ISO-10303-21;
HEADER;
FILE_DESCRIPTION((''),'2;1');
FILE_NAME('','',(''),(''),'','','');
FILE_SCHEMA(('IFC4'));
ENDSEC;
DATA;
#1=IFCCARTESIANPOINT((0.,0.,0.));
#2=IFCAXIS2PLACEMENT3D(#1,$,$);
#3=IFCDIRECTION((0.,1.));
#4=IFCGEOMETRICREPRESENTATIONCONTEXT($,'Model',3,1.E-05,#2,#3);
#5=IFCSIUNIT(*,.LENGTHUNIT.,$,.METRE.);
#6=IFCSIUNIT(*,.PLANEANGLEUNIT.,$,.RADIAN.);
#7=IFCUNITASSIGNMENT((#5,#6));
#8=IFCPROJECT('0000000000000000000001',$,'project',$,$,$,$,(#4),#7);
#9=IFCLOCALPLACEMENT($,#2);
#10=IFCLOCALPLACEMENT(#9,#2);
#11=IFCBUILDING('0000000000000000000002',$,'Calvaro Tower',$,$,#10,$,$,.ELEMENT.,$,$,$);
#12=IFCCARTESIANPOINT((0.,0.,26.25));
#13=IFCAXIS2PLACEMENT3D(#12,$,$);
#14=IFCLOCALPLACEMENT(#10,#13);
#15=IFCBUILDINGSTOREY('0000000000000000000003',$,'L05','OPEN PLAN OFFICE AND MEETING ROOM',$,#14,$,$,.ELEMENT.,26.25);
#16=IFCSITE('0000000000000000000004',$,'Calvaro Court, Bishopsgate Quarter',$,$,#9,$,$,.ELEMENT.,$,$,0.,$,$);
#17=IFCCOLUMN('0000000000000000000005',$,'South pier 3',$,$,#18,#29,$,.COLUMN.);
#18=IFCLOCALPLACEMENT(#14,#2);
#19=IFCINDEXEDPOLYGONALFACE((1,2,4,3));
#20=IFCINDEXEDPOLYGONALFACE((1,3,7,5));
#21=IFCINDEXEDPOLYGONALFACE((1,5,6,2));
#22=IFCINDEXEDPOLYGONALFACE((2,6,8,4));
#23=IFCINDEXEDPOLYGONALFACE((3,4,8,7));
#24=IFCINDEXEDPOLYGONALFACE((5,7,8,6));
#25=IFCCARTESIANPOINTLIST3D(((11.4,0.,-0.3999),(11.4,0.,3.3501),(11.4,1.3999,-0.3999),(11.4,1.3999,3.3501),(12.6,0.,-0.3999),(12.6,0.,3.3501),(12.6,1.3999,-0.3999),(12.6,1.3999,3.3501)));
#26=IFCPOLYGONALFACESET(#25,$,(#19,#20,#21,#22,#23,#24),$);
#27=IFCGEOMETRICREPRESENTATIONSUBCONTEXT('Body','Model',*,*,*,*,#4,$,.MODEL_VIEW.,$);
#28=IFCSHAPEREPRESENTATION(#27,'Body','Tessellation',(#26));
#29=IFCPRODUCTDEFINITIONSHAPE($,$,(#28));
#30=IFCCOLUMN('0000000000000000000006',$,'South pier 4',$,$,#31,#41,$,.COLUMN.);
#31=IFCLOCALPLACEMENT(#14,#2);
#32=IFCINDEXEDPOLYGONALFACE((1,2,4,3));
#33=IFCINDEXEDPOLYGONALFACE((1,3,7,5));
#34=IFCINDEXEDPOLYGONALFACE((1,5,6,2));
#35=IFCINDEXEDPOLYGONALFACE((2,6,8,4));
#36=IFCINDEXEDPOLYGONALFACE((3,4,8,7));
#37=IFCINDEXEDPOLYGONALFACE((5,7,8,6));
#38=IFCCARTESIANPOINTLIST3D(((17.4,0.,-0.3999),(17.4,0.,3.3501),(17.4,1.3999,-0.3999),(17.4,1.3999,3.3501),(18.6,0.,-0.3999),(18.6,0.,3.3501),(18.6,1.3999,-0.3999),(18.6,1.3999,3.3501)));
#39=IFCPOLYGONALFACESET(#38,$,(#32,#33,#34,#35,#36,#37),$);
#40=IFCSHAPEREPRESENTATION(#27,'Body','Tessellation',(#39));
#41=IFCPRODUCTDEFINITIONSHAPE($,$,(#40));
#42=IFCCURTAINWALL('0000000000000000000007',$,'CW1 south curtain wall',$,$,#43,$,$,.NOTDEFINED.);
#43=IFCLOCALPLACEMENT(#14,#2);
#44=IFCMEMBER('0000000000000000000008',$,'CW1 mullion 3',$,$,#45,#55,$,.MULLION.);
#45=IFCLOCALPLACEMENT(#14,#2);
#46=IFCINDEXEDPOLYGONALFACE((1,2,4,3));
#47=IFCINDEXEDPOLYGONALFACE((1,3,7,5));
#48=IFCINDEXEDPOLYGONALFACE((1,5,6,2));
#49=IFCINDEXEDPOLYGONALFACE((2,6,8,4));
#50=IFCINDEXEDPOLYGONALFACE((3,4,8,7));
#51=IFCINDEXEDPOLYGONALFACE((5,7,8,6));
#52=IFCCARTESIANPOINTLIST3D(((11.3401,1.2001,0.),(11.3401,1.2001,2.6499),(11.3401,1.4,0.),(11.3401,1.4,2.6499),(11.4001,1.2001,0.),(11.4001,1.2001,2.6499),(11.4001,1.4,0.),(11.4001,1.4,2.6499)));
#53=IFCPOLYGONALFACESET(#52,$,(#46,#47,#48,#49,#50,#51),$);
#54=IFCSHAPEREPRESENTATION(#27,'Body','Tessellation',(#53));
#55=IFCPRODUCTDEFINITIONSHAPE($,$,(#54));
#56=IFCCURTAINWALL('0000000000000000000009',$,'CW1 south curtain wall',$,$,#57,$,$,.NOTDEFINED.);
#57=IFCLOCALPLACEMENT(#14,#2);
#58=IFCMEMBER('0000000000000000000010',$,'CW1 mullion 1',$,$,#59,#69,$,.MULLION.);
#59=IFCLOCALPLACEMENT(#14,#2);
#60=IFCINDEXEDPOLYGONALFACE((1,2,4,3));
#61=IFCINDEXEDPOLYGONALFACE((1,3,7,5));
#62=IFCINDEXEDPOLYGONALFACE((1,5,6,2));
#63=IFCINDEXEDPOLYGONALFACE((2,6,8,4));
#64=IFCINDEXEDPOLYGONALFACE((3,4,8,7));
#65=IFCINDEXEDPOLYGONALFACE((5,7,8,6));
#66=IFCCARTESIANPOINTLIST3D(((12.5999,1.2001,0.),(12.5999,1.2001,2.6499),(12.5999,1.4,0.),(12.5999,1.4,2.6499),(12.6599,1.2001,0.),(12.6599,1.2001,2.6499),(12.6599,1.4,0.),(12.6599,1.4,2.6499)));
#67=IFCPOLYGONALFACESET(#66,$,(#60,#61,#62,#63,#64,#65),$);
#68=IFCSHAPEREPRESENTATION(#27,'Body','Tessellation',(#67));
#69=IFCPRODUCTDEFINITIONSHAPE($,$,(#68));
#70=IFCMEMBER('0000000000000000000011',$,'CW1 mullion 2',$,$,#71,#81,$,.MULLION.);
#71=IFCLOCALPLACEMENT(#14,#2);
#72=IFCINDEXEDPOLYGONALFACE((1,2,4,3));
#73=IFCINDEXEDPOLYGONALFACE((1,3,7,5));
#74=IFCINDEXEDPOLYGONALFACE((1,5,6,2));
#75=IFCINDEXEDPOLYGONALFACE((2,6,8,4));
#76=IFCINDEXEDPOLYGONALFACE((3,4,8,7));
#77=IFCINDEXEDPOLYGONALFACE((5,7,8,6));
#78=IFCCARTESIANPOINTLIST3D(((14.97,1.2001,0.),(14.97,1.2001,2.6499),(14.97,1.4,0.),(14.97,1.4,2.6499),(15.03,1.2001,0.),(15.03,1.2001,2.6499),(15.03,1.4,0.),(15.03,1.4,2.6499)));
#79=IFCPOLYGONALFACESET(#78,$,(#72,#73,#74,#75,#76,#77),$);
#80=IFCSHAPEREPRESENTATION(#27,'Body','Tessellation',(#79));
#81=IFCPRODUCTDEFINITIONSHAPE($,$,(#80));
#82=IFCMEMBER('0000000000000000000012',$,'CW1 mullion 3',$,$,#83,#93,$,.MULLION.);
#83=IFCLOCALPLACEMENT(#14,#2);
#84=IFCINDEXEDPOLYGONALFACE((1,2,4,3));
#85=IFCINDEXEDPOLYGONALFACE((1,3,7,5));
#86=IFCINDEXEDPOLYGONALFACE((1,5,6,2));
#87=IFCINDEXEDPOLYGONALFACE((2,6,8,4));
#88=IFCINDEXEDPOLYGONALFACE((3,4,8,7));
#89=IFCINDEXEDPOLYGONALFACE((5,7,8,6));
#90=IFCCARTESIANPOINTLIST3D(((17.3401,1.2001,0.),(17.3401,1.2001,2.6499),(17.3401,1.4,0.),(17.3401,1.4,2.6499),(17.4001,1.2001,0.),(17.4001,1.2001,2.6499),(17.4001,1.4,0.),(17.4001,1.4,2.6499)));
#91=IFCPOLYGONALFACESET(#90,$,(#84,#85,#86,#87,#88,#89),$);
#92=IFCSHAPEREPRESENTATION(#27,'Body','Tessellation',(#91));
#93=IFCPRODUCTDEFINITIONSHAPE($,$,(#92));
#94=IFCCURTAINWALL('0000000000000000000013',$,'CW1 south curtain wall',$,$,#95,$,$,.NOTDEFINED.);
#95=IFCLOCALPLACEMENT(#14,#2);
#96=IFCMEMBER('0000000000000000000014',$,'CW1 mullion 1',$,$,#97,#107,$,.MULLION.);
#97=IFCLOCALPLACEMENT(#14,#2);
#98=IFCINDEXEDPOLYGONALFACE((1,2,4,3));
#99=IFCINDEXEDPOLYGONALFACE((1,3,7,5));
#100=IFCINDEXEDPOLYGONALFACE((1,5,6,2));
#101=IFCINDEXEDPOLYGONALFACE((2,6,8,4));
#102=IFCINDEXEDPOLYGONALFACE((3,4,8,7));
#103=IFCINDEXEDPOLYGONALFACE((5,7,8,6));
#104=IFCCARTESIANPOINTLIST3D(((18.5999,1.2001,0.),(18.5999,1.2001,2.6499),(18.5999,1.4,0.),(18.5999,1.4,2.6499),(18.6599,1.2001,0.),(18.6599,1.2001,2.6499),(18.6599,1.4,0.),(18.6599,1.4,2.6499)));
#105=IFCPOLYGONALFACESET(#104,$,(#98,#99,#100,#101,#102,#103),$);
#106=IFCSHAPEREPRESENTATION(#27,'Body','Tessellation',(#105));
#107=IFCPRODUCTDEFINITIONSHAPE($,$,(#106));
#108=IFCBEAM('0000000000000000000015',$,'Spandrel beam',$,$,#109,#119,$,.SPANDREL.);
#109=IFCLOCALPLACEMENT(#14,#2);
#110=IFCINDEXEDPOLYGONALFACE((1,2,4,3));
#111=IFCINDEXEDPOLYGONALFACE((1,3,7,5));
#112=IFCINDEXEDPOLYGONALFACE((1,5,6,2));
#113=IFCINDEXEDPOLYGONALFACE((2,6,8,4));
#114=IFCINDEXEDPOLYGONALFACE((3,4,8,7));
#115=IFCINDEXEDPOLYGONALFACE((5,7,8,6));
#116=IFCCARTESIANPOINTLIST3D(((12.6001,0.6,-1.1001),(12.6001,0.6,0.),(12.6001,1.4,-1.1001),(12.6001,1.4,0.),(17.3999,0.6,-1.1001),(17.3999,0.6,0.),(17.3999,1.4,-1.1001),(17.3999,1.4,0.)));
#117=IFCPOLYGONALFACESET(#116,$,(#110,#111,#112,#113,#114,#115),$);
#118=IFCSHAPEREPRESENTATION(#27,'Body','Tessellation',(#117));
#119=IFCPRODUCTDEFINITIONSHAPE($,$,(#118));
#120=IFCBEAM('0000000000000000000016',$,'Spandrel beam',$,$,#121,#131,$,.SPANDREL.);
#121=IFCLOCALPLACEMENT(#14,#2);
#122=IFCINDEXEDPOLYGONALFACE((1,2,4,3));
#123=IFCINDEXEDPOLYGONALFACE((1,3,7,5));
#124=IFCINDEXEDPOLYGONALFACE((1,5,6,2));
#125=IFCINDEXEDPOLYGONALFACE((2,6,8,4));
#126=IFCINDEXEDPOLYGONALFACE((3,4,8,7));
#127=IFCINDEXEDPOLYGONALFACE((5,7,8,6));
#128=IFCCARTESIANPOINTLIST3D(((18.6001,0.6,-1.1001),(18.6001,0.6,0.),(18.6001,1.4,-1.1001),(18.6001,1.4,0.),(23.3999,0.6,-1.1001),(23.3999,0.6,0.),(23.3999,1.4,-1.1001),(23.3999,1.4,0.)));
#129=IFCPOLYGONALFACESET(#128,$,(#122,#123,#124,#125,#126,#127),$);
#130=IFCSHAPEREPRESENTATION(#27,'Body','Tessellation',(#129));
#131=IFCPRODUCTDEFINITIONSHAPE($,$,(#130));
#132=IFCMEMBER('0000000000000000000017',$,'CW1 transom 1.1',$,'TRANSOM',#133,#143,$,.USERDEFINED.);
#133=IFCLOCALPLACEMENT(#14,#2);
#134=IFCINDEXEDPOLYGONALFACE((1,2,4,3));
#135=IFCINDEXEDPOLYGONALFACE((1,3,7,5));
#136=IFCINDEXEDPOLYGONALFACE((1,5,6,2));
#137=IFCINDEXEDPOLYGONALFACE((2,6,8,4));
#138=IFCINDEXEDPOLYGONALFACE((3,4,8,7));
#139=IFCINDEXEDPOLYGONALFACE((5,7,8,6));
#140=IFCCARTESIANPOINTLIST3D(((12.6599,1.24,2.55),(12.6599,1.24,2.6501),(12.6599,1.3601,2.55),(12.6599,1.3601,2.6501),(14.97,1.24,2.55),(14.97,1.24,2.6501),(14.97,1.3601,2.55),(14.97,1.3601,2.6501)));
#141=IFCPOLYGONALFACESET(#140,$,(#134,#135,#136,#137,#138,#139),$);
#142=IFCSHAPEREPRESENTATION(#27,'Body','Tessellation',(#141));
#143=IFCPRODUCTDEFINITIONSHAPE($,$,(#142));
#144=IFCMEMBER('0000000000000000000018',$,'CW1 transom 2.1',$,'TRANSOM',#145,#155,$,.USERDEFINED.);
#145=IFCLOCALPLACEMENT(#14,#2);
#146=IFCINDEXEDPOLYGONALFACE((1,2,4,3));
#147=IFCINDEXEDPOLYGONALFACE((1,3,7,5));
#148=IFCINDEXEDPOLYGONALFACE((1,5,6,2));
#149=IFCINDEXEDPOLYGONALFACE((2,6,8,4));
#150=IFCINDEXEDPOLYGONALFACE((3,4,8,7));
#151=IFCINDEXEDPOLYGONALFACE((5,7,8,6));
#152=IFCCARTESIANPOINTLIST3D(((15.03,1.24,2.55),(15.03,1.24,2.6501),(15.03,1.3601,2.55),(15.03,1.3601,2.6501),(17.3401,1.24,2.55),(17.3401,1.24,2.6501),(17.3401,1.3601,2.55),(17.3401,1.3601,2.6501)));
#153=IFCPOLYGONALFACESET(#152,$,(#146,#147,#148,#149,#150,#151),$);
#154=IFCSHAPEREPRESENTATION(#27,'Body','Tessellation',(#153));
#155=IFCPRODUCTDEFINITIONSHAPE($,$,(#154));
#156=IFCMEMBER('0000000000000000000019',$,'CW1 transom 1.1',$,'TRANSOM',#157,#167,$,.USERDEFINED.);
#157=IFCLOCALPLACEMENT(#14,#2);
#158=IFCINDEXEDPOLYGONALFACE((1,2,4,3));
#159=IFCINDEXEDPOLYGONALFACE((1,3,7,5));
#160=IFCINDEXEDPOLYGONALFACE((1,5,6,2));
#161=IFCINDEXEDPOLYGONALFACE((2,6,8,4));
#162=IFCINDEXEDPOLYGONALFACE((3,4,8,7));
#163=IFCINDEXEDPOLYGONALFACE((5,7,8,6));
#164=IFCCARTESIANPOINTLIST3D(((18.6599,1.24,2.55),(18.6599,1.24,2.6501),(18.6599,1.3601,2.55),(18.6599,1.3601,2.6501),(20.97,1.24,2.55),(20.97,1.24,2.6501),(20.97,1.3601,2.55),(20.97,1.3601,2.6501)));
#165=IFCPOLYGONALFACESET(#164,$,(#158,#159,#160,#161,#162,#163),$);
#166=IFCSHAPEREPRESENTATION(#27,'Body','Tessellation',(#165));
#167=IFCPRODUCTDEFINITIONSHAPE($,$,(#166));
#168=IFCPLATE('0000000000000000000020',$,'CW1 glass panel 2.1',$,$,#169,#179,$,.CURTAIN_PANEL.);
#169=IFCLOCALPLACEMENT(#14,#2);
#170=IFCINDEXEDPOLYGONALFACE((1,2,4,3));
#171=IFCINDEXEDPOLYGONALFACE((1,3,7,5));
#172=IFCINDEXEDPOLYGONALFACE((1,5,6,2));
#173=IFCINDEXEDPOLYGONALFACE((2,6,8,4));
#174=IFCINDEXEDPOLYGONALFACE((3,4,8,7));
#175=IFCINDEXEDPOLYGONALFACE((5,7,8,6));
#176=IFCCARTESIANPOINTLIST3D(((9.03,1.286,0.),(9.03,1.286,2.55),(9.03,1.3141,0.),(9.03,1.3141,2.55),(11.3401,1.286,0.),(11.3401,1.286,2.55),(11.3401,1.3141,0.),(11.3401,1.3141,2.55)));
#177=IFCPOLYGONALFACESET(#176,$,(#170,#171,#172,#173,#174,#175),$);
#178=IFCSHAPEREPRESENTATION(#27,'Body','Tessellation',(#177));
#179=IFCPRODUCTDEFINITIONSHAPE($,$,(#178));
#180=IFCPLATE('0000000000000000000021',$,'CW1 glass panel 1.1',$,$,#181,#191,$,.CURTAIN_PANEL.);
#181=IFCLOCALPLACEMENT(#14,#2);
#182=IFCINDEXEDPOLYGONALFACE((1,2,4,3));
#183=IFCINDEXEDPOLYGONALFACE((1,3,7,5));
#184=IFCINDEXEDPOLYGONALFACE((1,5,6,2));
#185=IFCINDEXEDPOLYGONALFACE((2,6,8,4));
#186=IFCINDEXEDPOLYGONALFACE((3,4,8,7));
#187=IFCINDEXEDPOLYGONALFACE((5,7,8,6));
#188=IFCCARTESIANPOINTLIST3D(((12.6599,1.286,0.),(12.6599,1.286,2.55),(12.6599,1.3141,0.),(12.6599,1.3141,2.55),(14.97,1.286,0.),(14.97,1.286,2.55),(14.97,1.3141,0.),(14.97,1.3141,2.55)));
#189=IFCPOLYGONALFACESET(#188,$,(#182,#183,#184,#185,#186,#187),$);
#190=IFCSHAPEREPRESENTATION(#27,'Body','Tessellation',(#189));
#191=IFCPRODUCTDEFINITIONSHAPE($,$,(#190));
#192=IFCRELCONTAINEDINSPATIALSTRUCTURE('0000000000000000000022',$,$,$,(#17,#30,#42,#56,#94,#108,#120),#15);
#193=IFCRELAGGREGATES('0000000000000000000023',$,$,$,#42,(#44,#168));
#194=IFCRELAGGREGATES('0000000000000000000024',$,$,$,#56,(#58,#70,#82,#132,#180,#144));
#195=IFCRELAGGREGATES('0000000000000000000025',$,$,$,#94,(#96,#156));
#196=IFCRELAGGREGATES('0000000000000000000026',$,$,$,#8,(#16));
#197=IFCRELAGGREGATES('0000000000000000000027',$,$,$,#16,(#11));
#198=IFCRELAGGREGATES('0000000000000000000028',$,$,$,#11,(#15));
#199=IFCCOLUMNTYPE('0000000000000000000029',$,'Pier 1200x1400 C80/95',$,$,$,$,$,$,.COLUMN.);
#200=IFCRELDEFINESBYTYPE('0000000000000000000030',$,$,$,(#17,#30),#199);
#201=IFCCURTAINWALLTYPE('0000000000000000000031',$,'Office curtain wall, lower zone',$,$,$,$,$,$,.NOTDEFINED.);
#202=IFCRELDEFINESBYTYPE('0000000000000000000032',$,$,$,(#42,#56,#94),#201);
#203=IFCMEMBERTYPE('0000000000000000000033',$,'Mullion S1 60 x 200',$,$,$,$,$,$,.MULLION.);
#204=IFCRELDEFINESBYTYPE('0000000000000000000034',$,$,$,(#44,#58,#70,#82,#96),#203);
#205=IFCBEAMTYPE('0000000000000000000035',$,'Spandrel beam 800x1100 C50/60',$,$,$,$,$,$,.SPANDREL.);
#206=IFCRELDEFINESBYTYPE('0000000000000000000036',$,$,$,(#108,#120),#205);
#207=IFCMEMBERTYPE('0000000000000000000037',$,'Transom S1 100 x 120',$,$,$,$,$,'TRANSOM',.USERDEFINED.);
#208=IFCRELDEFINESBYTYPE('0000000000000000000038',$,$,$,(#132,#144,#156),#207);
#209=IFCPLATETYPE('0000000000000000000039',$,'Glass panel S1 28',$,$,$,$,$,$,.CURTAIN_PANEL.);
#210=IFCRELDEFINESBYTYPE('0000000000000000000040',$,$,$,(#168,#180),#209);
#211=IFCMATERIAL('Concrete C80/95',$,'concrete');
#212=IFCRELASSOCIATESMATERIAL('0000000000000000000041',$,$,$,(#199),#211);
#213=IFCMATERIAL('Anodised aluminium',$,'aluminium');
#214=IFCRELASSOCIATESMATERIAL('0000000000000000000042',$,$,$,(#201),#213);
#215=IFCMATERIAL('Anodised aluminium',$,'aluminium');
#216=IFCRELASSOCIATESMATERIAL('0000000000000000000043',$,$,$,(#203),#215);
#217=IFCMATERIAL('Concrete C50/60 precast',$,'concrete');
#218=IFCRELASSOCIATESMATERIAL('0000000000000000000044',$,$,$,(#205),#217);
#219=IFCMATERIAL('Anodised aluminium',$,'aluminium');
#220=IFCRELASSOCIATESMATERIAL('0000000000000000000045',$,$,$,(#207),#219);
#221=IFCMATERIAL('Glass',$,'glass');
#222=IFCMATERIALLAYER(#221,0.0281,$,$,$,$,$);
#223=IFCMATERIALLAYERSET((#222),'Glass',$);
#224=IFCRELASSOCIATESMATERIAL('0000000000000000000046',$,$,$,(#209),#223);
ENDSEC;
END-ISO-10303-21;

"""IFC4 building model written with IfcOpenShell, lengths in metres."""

from ifc_helpers import new_model, si_unit, direction, frame, origin, origin_2d, place, context, subcontext, project, spatial, rectangle, extrude, material, layer, layer_set, material_profile, profile_set, type_object, element, aggregate, save


model = new_model("IFC4")

# Units and contexts
model_context = context("Model", 3, precision=1e-05, world=origin(), true_north=direction((0.0, 1.0)))
body_context = subcontext(model_context, "Body", "Model", "MODEL_VIEW")
ifc_project = project(units=[si_unit("LENGTHUNIT", "METRE"), si_unit("PLANEANGLEUNIT", "RADIAN")], contexts=[model_context])

# Site, building, storey
site_placement = place(None, origin())
site = spatial("IfcSite", under=ifc_project, at=site_placement, Name="Calvaro Court, Bishopsgate Quarter", CompositionType="ELEMENT", RefElevation=0.0)
building_placement = place(site_placement, origin())
building = spatial("IfcBuilding", under=site, at=building_placement, Name="Calvaro Tower", CompositionType="ELEMENT")
storey_placement = place(building_placement, frame((0.0, 0.0, 26.25)))
storey = spatial("IfcBuildingStorey", under=building, at=storey_placement, Name="L05", Description="OPEN PLAN OFFICE AND MEETING ROOM", CompositionType="ELEMENT", Elevation=26.25)

# Columns
ifc_material_1 = material(Name="Concrete C80/95", Category="concrete")
ifc_material_profile_1 = material_profile(ifc_material_1, rectangle(XDim=1.2, YDim=1.3999, at=origin_2d()), Name="RC 1200x1400")
ifc_profile_set_1 = profile_set([ifc_material_profile_1], Name="Concrete C80/95")
column_type = type_object("IfcColumnType", Name="Pier 1200x1400 C80/95", PredefinedType="COLUMN", material=ifc_profile_set_1)
for number, where, z_axis, x_axis, name in (
    (1, (12.0, 0.7, -0.3999), (0.0, 0.0, 1.0), (1.0, 0.0, 0.0), "South pier 3"),
    (2, (18.0, 0.7, -0.3999), (0.0, 0.0, 1.0), (1.0, 0.0, 0.0), "South pier 4"),
):
    element("IfcColumn", number, at=place(storey_placement, frame(where, z_axis=z_axis, x_axis=x_axis)), inside=storey, type_object=column_type, Name=name, PredefinedType="COLUMN", context=body_context, shape_type="SweptSolid", body=[
        extrude(rectangle(XDim=1.2, YDim=1.3999, at=origin_2d()), origin(), (0.0, 0.0, 1.0), 3.75),
    ])

# Curtain wall, member
ifc_material_2 = material(Name="Anodised aluminium", Category="aluminium")
curtain_wall_type = type_object("IfcCurtainWallType", Name="Office curtain wall, lower zone", PredefinedType="NOTDEFINED", material=ifc_material_2)
curtain_wall_1_placement = place(storey_placement, origin())
curtain_wall_1 = element("IfcCurtainWall", 3, at=curtain_wall_1_placement, inside=storey, type_object=curtain_wall_type, Name="CW1 south curtain wall", PredefinedType="NOTDEFINED")
ifc_material_3 = material(Name="Anodised aluminium", Category="aluminium")
ifc_material_profile_2 = material_profile(ifc_material_3, rectangle(XDim=0.2, YDim=0.0601, at=origin_2d()), Name="Mullion S1 60 x 200")
ifc_profile_set_2 = profile_set([ifc_material_profile_2], Name="Anodised aluminium")
member_type_1 = type_object("IfcMemberType", Name="Mullion S1 60 x 200", PredefinedType="MULLION", material=ifc_profile_set_2)
member_1_placement = place(storey_placement, frame((11.3701, 1.3, 0.0), z_axis=(0.0, 0.0, 1.0), x_axis=(0.0, 1.0, 0.0)))
member_1 = element("IfcMember", 4, at=member_1_placement, type_object=member_type_1, Name="CW1 mullion 3", PredefinedType="MULLION", context=body_context, shape_type="SweptSolid", body=[
    extrude(rectangle(XDim=0.2, YDim=0.0601, at=origin_2d()), origin(), (0.0, 0.0, 1.0), 2.6499),
])

# Curtain wall, members
curtain_wall_2_placement = place(storey_placement, origin())
curtain_wall_2 = element("IfcCurtainWall", 5, at=curtain_wall_2_placement, inside=storey, type_object=curtain_wall_type, Name="CW1 south curtain wall", PredefinedType="NOTDEFINED")
member_2_placement = place(storey_placement, frame((12.6299, 1.3, 0.0), z_axis=(0.0, 0.0, 1.0), x_axis=(0.0, 1.0, 0.0)))
member_2 = element("IfcMember", 6, at=member_2_placement, type_object=member_type_1, Name="CW1 mullion 1", PredefinedType="MULLION", context=body_context, shape_type="SweptSolid", body=[
    extrude(rectangle(XDim=0.2, YDim=0.0601, at=origin_2d()), origin(), (0.0, 0.0, 1.0), 2.6499),
])
member_3_placement = place(storey_placement, frame((15.0, 1.3, 0.0), z_axis=(0.0, 0.0, 1.0), x_axis=(0.0, 1.0, 0.0)))
member_3 = element("IfcMember", 7, at=member_3_placement, type_object=member_type_1, Name="CW1 mullion 2", PredefinedType="MULLION", context=body_context, shape_type="SweptSolid", body=[
    extrude(rectangle(XDim=0.2, YDim=0.0601, at=origin_2d()), origin(), (0.0, 0.0, 1.0), 2.6499),
])
member_4_placement = place(storey_placement, frame((17.3701, 1.3, 0.0), z_axis=(0.0, 0.0, 1.0), x_axis=(0.0, 1.0, 0.0)))
member_4 = element("IfcMember", 8, at=member_4_placement, type_object=member_type_1, Name="CW1 mullion 3", PredefinedType="MULLION", context=body_context, shape_type="SweptSolid", body=[
    extrude(rectangle(XDim=0.2, YDim=0.0601, at=origin_2d()), origin(), (0.0, 0.0, 1.0), 2.6499),
])

# Curtain wall, member
curtain_wall_3_placement = place(storey_placement, origin())
curtain_wall_3 = element("IfcCurtainWall", 9, at=curtain_wall_3_placement, inside=storey, type_object=curtain_wall_type, Name="CW1 south curtain wall", PredefinedType="NOTDEFINED")
member_5_placement = place(storey_placement, frame((18.6299, 1.3, 0.0), z_axis=(0.0, 0.0, 1.0), x_axis=(0.0, 1.0, 0.0)))
member_5 = element("IfcMember", 10, at=member_5_placement, type_object=member_type_1, Name="CW1 mullion 1", PredefinedType="MULLION", context=body_context, shape_type="SweptSolid", body=[
    extrude(rectangle(XDim=0.2, YDim=0.0601, at=origin_2d()), origin(), (0.0, 0.0, 1.0), 2.6499),
])

# Beams
ifc_material_4 = material(Name="Concrete C50/60 precast", Category="concrete")
ifc_material_profile_3 = material_profile(ifc_material_4, rectangle(XDim=0.8, YDim=1.1001, at=origin_2d()), Name="RC 800x1100")
ifc_profile_set_3 = profile_set([ifc_material_profile_3], Name="Concrete C50/60 precast")
beam_type = type_object("IfcBeamType", Name="Spandrel beam 800x1100 C50/60", PredefinedType="SPANDREL", material=ifc_profile_set_3)
for number, where, z_axis, x_axis, name in (
    (11, (12.6001, 1.0, -0.55), (1.0, 0.0, 0.0), (0.0, 1.0, 0.0), "Spandrel beam"),
    (12, (18.6001, 1.0, -0.55), (1.0, 0.0, 0.0), (0.0, 1.0, 0.0), "Spandrel beam"),
):
    element("IfcBeam", number, at=place(storey_placement, frame(where, z_axis=z_axis, x_axis=x_axis)), inside=storey, type_object=beam_type, Name=name, PredefinedType="SPANDREL", context=body_context, shape_type="SweptSolid", body=[
        extrude(rectangle(XDim=0.8, YDim=1.1001, at=origin_2d()), origin(), (0.0, 0.0, 1.0), 4.7998),
    ])

# Members
ifc_material_5 = material(Name="Anodised aluminium", Category="aluminium")
ifc_material_profile_4 = material_profile(ifc_material_5, rectangle(XDim=0.1201, YDim=0.1001, at=origin_2d()), Name="Transom S1 100 x 120")
ifc_profile_set_4 = profile_set([ifc_material_profile_4], Name="Anodised aluminium")
member_type_2 = type_object("IfcMemberType", Name="Transom S1 100 x 120", ElementType="TRANSOM", PredefinedType="USERDEFINED", material=ifc_profile_set_4)
member_6_placement = place(storey_placement, frame((12.6599, 1.3, 2.6001), z_axis=(1.0, 0.0, 0.0), x_axis=(0.0, 1.0, 0.0)))
member_6 = element("IfcMember", 13, at=member_6_placement, type_object=member_type_2, Name="CW1 transom 1.1", ObjectType="TRANSOM", PredefinedType="USERDEFINED", context=body_context, shape_type="SweptSolid", body=[
    extrude(rectangle(XDim=0.1201, YDim=0.1001, at=origin_2d()), origin(), (0.0, 0.0, 1.0), 2.3101),
])
member_7_placement = place(storey_placement, frame((15.03, 1.3, 2.6001), z_axis=(1.0, 0.0, 0.0), x_axis=(0.0, 1.0, 0.0)))
member_7 = element("IfcMember", 14, at=member_7_placement, type_object=member_type_2, Name="CW1 transom 2.1", ObjectType="TRANSOM", PredefinedType="USERDEFINED", context=body_context, shape_type="SweptSolid", body=[
    extrude(rectangle(XDim=0.1201, YDim=0.1001, at=origin_2d()), origin(), (0.0, 0.0, 1.0), 2.3101),
])
member_8_placement = place(storey_placement, frame((18.6599, 1.3, 2.6001), z_axis=(1.0, 0.0, 0.0), x_axis=(0.0, 1.0, 0.0)))
member_8 = element("IfcMember", 15, at=member_8_placement, type_object=member_type_2, Name="CW1 transom 1.1", ObjectType="TRANSOM", PredefinedType="USERDEFINED", context=body_context, shape_type="SweptSolid", body=[
    extrude(rectangle(XDim=0.1201, YDim=0.1001, at=origin_2d()), origin(), (0.0, 0.0, 1.0), 2.3101),
])

# Plates
ifc_material_6 = material(Name="Glass", Category="glass")
ifc_layer = layer(ifc_material_6, 0.0281)
ifc_layer_set = layer_set([ifc_layer], Name="Glass")
plate_type = type_object("IfcPlateType", Name="Glass panel S1 28", PredefinedType="CURTAIN_PANEL", material=ifc_layer_set)
plate_1_placement = place(storey_placement, frame((10.1851, 1.3, 0.0), z_axis=(0.0, 0.0, 1.0), x_axis=(1.0, 0.0, 0.0)))
plate_1 = element("IfcPlate", 16, at=plate_1_placement, type_object=plate_type, Name="CW1 glass panel 2.1", PredefinedType="CURTAIN_PANEL", context=body_context, shape_type="SweptSolid", body=[
    extrude(rectangle(XDim=2.3101, YDim=0.0281, at=origin_2d()), origin(), (0.0, 0.0, 1.0), 2.55),
])
aggregate(curtain_wall_1, [member_1, plate_1])
plate_2_placement = place(storey_placement, frame((13.8149, 1.3, 0.0), z_axis=(0.0, 0.0, 1.0), x_axis=(1.0, 0.0, 0.0)))
plate_2 = element("IfcPlate", 17, at=plate_2_placement, type_object=plate_type, Name="CW1 glass panel 1.1", PredefinedType="CURTAIN_PANEL", context=body_context, shape_type="SweptSolid", body=[
    extrude(rectangle(XDim=2.3101, YDim=0.0281, at=origin_2d()), origin(), (0.0, 0.0, 1.0), 2.55),
])
aggregate(curtain_wall_2, [member_2, member_3, member_4, member_6, plate_2, member_7])
aggregate(curtain_wall_3, [member_5, member_8])

save(model, "model.ifc")
